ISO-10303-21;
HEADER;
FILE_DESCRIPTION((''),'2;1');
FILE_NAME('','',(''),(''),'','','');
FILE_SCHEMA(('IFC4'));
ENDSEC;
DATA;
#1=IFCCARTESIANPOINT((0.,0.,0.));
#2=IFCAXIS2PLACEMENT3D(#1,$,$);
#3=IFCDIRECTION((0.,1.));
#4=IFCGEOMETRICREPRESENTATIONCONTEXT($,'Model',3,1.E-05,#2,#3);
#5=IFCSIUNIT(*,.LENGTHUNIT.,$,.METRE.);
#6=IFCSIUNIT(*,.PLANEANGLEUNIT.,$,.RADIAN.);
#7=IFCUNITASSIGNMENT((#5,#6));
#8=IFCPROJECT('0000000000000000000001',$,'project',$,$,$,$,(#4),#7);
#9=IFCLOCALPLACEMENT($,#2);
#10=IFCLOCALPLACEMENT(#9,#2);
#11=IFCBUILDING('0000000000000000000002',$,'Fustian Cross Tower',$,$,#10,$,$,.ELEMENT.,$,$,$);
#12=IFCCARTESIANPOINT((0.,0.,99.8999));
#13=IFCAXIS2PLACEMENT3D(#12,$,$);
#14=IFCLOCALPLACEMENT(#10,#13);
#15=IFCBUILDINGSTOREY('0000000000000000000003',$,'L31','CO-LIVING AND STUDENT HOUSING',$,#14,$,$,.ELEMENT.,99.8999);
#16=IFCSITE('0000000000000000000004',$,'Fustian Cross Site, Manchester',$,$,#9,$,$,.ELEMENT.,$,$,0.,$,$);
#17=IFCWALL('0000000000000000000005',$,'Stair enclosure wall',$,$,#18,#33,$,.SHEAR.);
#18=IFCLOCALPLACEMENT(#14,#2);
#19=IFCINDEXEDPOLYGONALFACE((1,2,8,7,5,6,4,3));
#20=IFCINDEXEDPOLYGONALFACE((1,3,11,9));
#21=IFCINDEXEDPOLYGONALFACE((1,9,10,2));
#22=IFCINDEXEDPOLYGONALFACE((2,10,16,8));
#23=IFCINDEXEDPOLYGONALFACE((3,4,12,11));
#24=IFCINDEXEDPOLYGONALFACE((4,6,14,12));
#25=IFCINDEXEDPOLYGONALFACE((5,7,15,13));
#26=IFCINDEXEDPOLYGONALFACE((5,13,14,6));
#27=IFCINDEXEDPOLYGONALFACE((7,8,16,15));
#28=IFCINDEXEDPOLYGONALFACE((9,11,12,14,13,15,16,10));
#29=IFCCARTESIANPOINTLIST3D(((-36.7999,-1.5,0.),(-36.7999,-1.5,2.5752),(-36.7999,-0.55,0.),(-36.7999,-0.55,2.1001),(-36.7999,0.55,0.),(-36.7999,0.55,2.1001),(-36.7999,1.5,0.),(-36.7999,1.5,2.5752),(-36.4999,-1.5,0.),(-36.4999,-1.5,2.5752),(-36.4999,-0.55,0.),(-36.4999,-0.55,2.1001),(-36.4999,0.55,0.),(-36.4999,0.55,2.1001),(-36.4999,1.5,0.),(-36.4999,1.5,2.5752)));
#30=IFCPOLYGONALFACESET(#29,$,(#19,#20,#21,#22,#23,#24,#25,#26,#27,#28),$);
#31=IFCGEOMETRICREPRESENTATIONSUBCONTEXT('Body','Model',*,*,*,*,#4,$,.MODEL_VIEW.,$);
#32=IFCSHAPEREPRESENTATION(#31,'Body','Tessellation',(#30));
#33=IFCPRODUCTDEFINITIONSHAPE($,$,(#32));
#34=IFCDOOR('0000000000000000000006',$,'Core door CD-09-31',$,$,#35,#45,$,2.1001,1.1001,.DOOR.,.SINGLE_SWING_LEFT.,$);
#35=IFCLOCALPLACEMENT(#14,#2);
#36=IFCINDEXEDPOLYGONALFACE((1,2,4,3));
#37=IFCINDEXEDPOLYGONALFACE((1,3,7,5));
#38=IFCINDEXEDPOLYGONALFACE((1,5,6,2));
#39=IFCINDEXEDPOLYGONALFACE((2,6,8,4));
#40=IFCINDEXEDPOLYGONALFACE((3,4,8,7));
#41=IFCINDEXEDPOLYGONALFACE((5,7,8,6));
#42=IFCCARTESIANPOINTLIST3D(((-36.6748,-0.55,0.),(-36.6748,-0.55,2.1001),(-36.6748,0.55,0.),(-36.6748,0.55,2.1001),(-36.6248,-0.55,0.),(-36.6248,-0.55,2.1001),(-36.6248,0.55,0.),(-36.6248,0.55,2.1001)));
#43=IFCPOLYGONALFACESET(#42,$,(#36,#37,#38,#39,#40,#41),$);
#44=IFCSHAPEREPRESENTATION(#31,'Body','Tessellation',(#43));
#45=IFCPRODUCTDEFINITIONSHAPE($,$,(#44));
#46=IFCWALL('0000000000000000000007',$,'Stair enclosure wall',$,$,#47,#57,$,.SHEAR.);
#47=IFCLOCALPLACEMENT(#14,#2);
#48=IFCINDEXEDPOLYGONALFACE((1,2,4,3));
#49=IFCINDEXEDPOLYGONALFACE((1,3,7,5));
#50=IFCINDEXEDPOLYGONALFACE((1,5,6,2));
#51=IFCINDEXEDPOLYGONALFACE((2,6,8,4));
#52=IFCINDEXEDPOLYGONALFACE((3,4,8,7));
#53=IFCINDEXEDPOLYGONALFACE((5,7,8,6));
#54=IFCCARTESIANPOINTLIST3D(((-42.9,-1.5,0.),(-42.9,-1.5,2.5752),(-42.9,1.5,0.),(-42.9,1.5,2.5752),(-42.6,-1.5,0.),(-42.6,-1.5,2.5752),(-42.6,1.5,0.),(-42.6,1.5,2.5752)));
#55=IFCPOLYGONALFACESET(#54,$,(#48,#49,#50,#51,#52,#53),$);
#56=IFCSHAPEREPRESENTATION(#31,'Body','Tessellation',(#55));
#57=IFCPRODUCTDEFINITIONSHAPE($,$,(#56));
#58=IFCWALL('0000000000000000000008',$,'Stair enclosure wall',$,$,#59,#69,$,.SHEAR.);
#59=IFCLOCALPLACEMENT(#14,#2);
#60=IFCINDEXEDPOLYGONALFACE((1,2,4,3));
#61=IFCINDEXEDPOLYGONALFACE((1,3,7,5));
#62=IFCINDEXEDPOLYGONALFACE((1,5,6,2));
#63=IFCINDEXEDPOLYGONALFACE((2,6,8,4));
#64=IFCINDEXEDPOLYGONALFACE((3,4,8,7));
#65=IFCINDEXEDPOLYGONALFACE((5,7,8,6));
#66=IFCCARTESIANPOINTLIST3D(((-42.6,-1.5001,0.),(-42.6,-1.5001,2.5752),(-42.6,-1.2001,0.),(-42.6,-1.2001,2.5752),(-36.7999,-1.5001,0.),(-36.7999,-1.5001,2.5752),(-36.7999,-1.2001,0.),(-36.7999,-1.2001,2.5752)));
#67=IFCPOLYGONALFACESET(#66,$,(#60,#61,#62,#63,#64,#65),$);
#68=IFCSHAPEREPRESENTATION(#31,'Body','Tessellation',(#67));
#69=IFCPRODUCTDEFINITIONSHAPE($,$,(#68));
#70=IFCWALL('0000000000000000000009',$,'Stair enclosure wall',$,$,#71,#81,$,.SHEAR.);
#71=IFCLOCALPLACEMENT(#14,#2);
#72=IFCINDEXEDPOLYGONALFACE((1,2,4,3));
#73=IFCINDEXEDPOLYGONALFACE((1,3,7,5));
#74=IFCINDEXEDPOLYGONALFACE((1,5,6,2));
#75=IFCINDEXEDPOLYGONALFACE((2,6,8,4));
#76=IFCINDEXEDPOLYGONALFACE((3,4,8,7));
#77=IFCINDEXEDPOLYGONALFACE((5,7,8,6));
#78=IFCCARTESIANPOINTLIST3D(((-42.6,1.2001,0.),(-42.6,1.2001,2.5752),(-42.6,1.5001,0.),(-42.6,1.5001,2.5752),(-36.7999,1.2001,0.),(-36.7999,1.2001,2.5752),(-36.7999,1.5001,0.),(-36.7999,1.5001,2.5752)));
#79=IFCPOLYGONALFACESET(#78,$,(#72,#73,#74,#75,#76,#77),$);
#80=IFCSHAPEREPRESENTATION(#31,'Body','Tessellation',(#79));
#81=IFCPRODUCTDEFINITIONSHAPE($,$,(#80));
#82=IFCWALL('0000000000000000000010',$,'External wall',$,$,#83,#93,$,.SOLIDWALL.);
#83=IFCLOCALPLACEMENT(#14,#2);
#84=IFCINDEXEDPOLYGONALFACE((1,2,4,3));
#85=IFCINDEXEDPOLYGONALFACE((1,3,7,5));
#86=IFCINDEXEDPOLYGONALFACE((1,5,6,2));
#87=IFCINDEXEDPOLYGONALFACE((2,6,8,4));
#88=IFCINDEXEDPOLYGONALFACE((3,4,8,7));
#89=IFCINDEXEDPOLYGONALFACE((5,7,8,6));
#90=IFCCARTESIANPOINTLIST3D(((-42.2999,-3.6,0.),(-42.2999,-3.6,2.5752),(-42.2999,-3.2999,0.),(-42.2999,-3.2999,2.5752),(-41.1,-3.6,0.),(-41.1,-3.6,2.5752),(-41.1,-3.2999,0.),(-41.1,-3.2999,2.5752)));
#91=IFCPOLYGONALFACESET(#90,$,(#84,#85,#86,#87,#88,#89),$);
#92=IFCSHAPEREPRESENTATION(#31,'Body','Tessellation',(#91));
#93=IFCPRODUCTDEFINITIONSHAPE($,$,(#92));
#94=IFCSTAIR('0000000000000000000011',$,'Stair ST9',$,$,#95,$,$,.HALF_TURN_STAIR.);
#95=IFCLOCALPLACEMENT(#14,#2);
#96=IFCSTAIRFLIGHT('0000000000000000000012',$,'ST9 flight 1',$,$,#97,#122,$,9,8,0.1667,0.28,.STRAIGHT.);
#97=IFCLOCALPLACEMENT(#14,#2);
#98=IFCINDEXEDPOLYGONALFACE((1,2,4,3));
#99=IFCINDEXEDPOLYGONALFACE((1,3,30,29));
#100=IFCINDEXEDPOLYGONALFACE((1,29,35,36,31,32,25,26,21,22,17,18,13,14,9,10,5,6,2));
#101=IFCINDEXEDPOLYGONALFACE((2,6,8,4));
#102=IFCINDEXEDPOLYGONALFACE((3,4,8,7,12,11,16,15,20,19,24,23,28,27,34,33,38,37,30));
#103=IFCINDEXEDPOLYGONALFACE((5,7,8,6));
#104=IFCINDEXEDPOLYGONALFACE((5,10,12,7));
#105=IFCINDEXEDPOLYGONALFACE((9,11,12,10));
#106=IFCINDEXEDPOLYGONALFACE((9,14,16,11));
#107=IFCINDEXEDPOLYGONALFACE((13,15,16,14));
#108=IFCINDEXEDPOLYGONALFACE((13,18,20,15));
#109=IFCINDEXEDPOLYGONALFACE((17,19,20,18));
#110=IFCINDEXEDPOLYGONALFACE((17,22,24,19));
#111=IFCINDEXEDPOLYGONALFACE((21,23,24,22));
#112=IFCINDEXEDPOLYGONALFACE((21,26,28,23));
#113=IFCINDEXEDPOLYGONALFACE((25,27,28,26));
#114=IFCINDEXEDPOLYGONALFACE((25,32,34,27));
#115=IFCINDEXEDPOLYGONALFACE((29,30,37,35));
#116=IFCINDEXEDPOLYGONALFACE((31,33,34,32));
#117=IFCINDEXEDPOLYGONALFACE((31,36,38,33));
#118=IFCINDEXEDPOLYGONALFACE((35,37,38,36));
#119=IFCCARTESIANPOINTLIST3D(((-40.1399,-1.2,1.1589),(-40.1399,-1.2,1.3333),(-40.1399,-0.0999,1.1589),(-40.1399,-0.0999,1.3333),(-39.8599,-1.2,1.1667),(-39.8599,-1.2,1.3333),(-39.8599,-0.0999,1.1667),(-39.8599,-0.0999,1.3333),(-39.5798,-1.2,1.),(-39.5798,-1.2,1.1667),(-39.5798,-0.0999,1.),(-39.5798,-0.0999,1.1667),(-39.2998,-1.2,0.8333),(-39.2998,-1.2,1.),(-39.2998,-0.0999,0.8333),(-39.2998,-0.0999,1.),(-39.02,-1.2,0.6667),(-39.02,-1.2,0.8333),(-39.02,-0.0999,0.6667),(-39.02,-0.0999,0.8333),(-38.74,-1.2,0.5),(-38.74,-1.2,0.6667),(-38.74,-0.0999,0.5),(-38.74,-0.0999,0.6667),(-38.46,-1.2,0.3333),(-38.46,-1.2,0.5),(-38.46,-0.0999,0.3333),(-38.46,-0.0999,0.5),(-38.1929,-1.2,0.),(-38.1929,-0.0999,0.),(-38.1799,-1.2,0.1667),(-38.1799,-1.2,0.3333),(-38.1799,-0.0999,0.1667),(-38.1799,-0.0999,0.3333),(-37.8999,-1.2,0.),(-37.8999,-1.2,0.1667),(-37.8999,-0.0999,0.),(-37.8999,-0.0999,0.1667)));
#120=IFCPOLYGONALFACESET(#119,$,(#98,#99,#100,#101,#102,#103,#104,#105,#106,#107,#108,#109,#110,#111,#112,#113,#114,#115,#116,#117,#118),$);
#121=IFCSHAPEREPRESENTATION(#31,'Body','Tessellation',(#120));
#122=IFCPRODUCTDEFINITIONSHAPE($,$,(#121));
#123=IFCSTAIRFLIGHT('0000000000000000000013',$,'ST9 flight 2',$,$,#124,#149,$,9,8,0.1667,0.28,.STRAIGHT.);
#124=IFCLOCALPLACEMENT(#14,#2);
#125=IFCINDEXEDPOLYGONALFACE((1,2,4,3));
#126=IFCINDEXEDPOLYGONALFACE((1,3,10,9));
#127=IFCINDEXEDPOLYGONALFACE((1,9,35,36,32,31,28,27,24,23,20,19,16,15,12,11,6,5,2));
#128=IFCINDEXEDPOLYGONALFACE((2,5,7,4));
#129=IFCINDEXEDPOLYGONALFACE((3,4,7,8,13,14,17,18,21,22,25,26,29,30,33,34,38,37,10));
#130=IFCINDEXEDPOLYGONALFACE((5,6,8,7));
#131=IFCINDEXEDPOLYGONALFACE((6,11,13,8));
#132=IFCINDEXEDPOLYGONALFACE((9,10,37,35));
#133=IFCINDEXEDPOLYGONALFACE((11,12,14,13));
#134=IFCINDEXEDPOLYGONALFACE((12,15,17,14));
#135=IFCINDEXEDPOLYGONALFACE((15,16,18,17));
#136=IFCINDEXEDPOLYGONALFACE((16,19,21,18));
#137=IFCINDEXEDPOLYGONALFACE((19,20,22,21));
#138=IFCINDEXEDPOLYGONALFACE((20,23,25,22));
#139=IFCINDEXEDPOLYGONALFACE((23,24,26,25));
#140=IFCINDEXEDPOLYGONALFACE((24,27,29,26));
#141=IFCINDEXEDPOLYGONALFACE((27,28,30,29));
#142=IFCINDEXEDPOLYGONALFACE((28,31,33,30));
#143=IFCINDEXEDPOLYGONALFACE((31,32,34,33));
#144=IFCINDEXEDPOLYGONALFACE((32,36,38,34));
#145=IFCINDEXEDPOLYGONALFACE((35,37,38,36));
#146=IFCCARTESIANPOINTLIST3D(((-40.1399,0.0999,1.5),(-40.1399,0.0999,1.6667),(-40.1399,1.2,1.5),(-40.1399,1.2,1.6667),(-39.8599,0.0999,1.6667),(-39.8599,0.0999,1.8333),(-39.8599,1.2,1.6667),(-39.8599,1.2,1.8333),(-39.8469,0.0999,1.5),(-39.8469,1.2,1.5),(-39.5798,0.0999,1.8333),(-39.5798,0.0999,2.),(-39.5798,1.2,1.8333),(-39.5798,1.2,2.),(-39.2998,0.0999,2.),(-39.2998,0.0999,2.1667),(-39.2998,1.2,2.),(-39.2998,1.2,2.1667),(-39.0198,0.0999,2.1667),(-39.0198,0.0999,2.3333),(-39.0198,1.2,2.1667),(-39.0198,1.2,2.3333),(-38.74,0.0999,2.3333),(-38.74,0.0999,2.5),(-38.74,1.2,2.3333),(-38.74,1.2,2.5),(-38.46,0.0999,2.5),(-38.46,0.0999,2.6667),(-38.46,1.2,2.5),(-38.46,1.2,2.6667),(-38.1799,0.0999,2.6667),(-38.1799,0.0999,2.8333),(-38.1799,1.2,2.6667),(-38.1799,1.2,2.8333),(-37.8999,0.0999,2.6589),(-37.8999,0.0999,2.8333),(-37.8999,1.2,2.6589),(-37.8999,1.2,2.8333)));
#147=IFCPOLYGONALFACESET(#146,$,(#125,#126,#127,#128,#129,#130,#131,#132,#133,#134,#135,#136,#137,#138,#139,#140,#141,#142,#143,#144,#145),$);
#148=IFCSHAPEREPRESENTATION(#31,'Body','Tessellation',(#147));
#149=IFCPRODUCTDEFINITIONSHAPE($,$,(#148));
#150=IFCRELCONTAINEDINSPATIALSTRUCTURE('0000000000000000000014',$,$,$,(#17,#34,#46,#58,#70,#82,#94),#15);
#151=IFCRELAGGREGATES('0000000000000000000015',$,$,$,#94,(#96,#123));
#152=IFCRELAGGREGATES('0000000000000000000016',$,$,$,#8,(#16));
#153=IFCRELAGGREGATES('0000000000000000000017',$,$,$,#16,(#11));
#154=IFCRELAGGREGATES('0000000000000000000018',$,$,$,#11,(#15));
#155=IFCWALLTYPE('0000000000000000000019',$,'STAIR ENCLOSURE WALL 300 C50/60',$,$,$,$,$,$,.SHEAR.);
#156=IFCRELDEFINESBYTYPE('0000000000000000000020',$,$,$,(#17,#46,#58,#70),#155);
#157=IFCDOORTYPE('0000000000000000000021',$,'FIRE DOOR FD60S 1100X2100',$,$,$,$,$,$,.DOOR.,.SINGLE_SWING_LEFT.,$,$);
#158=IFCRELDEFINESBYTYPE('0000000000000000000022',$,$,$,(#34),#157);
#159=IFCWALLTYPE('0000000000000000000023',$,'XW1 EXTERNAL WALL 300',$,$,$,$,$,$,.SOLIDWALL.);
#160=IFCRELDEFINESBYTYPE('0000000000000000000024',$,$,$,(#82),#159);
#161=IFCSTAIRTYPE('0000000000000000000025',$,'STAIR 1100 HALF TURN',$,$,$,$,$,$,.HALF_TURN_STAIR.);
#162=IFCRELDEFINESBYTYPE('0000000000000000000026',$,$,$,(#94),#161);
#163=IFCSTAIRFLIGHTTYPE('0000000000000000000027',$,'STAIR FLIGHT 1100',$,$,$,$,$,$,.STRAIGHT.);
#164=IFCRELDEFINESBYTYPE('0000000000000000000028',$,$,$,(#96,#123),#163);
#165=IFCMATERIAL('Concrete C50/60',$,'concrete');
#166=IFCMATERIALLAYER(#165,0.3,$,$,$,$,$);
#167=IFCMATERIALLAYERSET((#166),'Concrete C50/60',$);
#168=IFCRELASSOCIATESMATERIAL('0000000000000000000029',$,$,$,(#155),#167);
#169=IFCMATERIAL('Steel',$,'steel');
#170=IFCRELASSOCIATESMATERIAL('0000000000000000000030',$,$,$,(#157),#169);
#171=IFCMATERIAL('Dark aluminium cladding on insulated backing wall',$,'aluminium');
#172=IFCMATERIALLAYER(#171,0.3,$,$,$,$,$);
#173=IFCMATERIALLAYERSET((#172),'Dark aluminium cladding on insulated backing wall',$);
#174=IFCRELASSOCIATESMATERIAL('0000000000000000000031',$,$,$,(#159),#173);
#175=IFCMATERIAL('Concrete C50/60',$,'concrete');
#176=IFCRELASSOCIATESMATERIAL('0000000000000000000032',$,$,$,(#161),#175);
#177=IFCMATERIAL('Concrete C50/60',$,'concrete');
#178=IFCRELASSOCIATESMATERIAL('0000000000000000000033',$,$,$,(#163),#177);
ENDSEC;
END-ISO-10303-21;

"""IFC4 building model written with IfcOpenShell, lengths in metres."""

from ifc_helpers import new_model, si_unit, direction, frame, frame_2d, origin, place, context, subcontext, project, spatial, polyline, rectangle, outline, extrude, material, layer, layer_set, type_object, element, fill, aggregate, save


model = new_model("IFC4")

# Units and contexts
model_context = context("Model", 3, precision=1e-05, world=origin(), true_north=direction((0.0, 1.0)))
body_context = subcontext(model_context, "Body", "Model", "MODEL_VIEW")
ifc_project = project(units=[si_unit("LENGTHUNIT", "METRE"), si_unit("PLANEANGLEUNIT", "RADIAN")], contexts=[model_context])

# Site, building, storey
site_placement = place(None, origin())
site = spatial("IfcSite", under=ifc_project, at=site_placement, Name="Fustian Cross Site, Manchester", CompositionType="ELEMENT", RefElevation=0.0)
building_placement = place(site_placement, origin())
building = spatial("IfcBuilding", under=site, at=building_placement, Name="Fustian Cross Tower", CompositionType="ELEMENT")
storey_placement = place(building_placement, frame((0.0, 0.0, 99.8999)))
storey = spatial("IfcBuildingStorey", under=building, at=storey_placement, Name="L31", Description="CO-LIVING AND STUDENT HOUSING", CompositionType="ELEMENT", Elevation=99.8999)

# Wall, opening, door
ifc_material_1 = material(Name="Concrete C50/60", Category="concrete")
ifc_layer_1 = layer(ifc_material_1, 0.3)
ifc_layer_set_1 = layer_set([ifc_layer_1], Name="Concrete C50/60")
wall_type_1 = type_object("IfcWallType", Name="STAIR ENCLOSURE WALL 300 C50/60", PredefinedType="SHEAR", material=ifc_layer_set_1)
wall_1_placement = place(storey_placement, frame((-36.6499, -1.5, 0.0), z_axis=(0.0, 0.0, 1.0), x_axis=(0.0, 1.0, 0.0)))
wall_1 = element("IfcWall", 1, at=wall_1_placement, inside=storey, type_object=wall_type_1, Name="Stair enclosure wall", PredefinedType="SHEAR", context=body_context, shape_type="SweptSolid", body=[
    extrude(rectangle(XDim=3.0, YDim=0.3, at=frame_2d((1.5, 0.0))), origin(), (0.0, 0.0, 1.0), 2.5752),
])
opening_1_placement = place(wall_1_placement, frame((0.95, 0.0, 0.0)))
opening_1 = element("IfcOpeningElement", 2, at=opening_1_placement, cuts=wall_1, PredefinedType="OPENING", context=body_context, shape_type="SweptSolid", body=[
    extrude(rectangle(XDim=1.1001, YDim=2.1001, at=frame_2d((0.55, 1.05))), frame((0.0, 0.1599, 0.0), z_axis=(0.0, -1.0, 0.0), x_axis=(1.0, 0.0, 0.0)), (0.0, 0.0, 1.0), 0.3201),
])
ifc_material_2 = material(Name="Steel", Category="steel")
door_type_1 = type_object("IfcDoorType", Name="FIRE DOOR FD60S 1100X2100", OperationType="SINGLE_SWING_LEFT", PredefinedType="DOOR", material=ifc_material_2)
door_1_placement = place(opening_1_placement, origin())
door_1 = element("IfcDoor", 3, at=door_1_placement, inside=storey, type_object=door_type_1, Name="Core door CD-09-31", OperationType="SINGLE_SWING_LEFT", OverallHeight=2.1001, OverallWidth=1.1001, PredefinedType="DOOR", context=body_context, shape_type="SweptSolid", body=[
    extrude(rectangle(XDim=1.1001, YDim=2.1001, at=frame_2d((0.55, 1.05))), frame((0.0, 0.0249, 0.0), z_axis=(0.0, -1.0, 0.0), x_axis=(1.0, 0.0, 0.0)), (0.0, 0.0, 1.0), 0.05),
])
fill(opening_1, door_1)

# Walls
wall_2_placement = place(storey_placement, frame((-42.75, -1.5, 0.0), z_axis=(0.0, 0.0, 1.0), x_axis=(0.0, 1.0, 0.0)))
element("IfcWall", 4, at=wall_2_placement, inside=storey, type_object=wall_type_1, Name="Stair enclosure wall", PredefinedType="SHEAR", context=body_context, shape_type="SweptSolid", body=[
    extrude(rectangle(XDim=3.0, YDim=0.3, at=frame_2d((1.5, 0.0))), origin(), (0.0, 0.0, 1.0), 2.5752),
])
for number, where, z_axis, x_axis, name in (
    (5, (-36.8, -1.3501, 0.0), (0.0, 0.0, 1.0), (-1.0, 0.0, 0.0), "Stair enclosure wall"),
    (6, (-36.8, 1.3501, 0.0), (0.0, 0.0, 1.0), (-1.0, 0.0, 0.0), "Stair enclosure wall"),
):
    element("IfcWall", number, at=place(storey_placement, frame(where, z_axis=z_axis, x_axis=x_axis)), inside=storey, type_object=wall_type_1, Name=name, PredefinedType="SHEAR", context=body_context, shape_type="SweptSolid", body=[
        extrude(rectangle(XDim=5.8, YDim=0.3, at=frame_2d((2.8999, 0.0))), origin(), (0.0, 0.0, 1.0), 2.5752),
    ])
ifc_material_3 = material(Name="Dark aluminium cladding on insulated backing wall", Category="aluminium")
ifc_layer_2 = layer(ifc_material_3, 0.3)
ifc_layer_set_2 = layer_set([ifc_layer_2], Name="Dark aluminium cladding on insulated backing wall")
wall_type_2 = type_object("IfcWallType", Name="XW1 EXTERNAL WALL 300", PredefinedType="SOLIDWALL", material=ifc_layer_set_2)
wall_3_placement = place(storey_placement, frame((-42.3, -3.45, 0.0), z_axis=(0.0, 0.0, 1.0), x_axis=(1.0, 0.0, 0.0)))
element("IfcWall", 7, at=wall_3_placement, inside=storey, type_object=wall_type_2, Name="External wall", PredefinedType="SOLIDWALL", context=body_context, shape_type="SweptSolid", body=[
    extrude(rectangle(XDim=1.2, YDim=0.3, at=frame_2d((0.6001, 0.0))), origin(), (0.0, 0.0, 1.0), 2.5752),
])

# Stair, stair flights
ifc_material_4 = material(Name="Concrete C50/60", Category="concrete")
stair_type = type_object("IfcStairType", Name="STAIR 1100 HALF TURN", PredefinedType="HALF_TURN_STAIR", material=ifc_material_4)
stair_placement = place(storey_placement, origin())
stair = element("IfcStair", 8, at=stair_placement, inside=storey, type_object=stair_type, Name="Stair ST9", PredefinedType="HALF_TURN_STAIR")
ifc_material_5 = material(Name="Concrete C50/60", Category="concrete")
stair_flight_type = type_object("IfcStairFlightType", Name="STAIR FLIGHT 1100", PredefinedType="STRAIGHT", material=ifc_material_5)
stair_flight_1_placement = place(storey_placement, frame((-37.8999, -0.6499, 0.0), z_axis=(0.0, 0.0, 1.0), x_axis=(-1.0, 0.0, 0.0)))
stair_flight_1 = element("IfcStairFlight", 9, at=stair_flight_1_placement, type_object=stair_flight_type, Name="ST9 flight 1", NumberOfRisers=9, NumberOfTreads=8, PredefinedType="STRAIGHT", RiserHeight=0.1667, TreadLength=0.28, context=body_context, shape_type="SweptSolid", body=[
    extrude(outline(polyline([(0.0, 0.0), (0.0, 0.1667), (0.28, 0.1667), (0.28, 0.3333), (0.5601, 0.3333), (0.5601, 0.5), (0.8401, 0.5), (0.8401, 0.6667), (1.1201, 0.6667), (1.1201, 0.8333), (1.3999, 0.8333), (1.3999, 1.0), (1.6799, 1.0), (1.6799, 1.1667), (1.96, 1.1667), (1.96, 1.3333), (2.24, 1.3333), (2.24, 1.5), (2.24, 1.1589), (0.293, 0.0), (0.0, 0.0)])), frame((0.0, 0.55, 0.0), z_axis=(0.0, -1.0, 0.0), x_axis=(1.0, 0.0, 0.0)), (0.0, 0.0, 1.0), 1.1001),
])
stair_flight_2_placement = place(storey_placement, frame((-40.1399, 0.6499, 1.5), z_axis=(0.0, 0.0, 1.0), x_axis=(1.0, 0.0, 0.0)))
stair_flight_2 = element("IfcStairFlight", 10, at=stair_flight_2_placement, type_object=stair_flight_type, Name="ST9 flight 2", NumberOfRisers=9, NumberOfTreads=8, PredefinedType="STRAIGHT", RiserHeight=0.1667, TreadLength=0.28, context=body_context, shape_type="SweptSolid", body=[
    extrude(outline(polyline([(0.0, 0.0), (0.0, 0.1667), (0.28, 0.1667), (0.28, 0.3333), (0.5601, 0.3333), (0.5601, 0.5), (0.8401, 0.5), (0.8401, 0.6667), (1.1201, 0.6667), (1.1201, 0.8333), (1.3999, 0.8333), (1.3999, 1.0), (1.6799, 1.0), (1.6799, 1.1667), (1.96, 1.1667), (1.96, 1.3333), (2.24, 1.3333), (2.24, 1.5), (2.24, 1.1589), (0.293, 0.0), (0.0, 0.0)])), frame((0.0, 0.55, 0.0), z_axis=(0.0, -1.0, 0.0), x_axis=(1.0, 0.0, 0.0)), (0.0, 0.0, 1.0), 1.1001),
])
aggregate(stair, [stair_flight_1, stair_flight_2])

save(model, "model.ifc")
